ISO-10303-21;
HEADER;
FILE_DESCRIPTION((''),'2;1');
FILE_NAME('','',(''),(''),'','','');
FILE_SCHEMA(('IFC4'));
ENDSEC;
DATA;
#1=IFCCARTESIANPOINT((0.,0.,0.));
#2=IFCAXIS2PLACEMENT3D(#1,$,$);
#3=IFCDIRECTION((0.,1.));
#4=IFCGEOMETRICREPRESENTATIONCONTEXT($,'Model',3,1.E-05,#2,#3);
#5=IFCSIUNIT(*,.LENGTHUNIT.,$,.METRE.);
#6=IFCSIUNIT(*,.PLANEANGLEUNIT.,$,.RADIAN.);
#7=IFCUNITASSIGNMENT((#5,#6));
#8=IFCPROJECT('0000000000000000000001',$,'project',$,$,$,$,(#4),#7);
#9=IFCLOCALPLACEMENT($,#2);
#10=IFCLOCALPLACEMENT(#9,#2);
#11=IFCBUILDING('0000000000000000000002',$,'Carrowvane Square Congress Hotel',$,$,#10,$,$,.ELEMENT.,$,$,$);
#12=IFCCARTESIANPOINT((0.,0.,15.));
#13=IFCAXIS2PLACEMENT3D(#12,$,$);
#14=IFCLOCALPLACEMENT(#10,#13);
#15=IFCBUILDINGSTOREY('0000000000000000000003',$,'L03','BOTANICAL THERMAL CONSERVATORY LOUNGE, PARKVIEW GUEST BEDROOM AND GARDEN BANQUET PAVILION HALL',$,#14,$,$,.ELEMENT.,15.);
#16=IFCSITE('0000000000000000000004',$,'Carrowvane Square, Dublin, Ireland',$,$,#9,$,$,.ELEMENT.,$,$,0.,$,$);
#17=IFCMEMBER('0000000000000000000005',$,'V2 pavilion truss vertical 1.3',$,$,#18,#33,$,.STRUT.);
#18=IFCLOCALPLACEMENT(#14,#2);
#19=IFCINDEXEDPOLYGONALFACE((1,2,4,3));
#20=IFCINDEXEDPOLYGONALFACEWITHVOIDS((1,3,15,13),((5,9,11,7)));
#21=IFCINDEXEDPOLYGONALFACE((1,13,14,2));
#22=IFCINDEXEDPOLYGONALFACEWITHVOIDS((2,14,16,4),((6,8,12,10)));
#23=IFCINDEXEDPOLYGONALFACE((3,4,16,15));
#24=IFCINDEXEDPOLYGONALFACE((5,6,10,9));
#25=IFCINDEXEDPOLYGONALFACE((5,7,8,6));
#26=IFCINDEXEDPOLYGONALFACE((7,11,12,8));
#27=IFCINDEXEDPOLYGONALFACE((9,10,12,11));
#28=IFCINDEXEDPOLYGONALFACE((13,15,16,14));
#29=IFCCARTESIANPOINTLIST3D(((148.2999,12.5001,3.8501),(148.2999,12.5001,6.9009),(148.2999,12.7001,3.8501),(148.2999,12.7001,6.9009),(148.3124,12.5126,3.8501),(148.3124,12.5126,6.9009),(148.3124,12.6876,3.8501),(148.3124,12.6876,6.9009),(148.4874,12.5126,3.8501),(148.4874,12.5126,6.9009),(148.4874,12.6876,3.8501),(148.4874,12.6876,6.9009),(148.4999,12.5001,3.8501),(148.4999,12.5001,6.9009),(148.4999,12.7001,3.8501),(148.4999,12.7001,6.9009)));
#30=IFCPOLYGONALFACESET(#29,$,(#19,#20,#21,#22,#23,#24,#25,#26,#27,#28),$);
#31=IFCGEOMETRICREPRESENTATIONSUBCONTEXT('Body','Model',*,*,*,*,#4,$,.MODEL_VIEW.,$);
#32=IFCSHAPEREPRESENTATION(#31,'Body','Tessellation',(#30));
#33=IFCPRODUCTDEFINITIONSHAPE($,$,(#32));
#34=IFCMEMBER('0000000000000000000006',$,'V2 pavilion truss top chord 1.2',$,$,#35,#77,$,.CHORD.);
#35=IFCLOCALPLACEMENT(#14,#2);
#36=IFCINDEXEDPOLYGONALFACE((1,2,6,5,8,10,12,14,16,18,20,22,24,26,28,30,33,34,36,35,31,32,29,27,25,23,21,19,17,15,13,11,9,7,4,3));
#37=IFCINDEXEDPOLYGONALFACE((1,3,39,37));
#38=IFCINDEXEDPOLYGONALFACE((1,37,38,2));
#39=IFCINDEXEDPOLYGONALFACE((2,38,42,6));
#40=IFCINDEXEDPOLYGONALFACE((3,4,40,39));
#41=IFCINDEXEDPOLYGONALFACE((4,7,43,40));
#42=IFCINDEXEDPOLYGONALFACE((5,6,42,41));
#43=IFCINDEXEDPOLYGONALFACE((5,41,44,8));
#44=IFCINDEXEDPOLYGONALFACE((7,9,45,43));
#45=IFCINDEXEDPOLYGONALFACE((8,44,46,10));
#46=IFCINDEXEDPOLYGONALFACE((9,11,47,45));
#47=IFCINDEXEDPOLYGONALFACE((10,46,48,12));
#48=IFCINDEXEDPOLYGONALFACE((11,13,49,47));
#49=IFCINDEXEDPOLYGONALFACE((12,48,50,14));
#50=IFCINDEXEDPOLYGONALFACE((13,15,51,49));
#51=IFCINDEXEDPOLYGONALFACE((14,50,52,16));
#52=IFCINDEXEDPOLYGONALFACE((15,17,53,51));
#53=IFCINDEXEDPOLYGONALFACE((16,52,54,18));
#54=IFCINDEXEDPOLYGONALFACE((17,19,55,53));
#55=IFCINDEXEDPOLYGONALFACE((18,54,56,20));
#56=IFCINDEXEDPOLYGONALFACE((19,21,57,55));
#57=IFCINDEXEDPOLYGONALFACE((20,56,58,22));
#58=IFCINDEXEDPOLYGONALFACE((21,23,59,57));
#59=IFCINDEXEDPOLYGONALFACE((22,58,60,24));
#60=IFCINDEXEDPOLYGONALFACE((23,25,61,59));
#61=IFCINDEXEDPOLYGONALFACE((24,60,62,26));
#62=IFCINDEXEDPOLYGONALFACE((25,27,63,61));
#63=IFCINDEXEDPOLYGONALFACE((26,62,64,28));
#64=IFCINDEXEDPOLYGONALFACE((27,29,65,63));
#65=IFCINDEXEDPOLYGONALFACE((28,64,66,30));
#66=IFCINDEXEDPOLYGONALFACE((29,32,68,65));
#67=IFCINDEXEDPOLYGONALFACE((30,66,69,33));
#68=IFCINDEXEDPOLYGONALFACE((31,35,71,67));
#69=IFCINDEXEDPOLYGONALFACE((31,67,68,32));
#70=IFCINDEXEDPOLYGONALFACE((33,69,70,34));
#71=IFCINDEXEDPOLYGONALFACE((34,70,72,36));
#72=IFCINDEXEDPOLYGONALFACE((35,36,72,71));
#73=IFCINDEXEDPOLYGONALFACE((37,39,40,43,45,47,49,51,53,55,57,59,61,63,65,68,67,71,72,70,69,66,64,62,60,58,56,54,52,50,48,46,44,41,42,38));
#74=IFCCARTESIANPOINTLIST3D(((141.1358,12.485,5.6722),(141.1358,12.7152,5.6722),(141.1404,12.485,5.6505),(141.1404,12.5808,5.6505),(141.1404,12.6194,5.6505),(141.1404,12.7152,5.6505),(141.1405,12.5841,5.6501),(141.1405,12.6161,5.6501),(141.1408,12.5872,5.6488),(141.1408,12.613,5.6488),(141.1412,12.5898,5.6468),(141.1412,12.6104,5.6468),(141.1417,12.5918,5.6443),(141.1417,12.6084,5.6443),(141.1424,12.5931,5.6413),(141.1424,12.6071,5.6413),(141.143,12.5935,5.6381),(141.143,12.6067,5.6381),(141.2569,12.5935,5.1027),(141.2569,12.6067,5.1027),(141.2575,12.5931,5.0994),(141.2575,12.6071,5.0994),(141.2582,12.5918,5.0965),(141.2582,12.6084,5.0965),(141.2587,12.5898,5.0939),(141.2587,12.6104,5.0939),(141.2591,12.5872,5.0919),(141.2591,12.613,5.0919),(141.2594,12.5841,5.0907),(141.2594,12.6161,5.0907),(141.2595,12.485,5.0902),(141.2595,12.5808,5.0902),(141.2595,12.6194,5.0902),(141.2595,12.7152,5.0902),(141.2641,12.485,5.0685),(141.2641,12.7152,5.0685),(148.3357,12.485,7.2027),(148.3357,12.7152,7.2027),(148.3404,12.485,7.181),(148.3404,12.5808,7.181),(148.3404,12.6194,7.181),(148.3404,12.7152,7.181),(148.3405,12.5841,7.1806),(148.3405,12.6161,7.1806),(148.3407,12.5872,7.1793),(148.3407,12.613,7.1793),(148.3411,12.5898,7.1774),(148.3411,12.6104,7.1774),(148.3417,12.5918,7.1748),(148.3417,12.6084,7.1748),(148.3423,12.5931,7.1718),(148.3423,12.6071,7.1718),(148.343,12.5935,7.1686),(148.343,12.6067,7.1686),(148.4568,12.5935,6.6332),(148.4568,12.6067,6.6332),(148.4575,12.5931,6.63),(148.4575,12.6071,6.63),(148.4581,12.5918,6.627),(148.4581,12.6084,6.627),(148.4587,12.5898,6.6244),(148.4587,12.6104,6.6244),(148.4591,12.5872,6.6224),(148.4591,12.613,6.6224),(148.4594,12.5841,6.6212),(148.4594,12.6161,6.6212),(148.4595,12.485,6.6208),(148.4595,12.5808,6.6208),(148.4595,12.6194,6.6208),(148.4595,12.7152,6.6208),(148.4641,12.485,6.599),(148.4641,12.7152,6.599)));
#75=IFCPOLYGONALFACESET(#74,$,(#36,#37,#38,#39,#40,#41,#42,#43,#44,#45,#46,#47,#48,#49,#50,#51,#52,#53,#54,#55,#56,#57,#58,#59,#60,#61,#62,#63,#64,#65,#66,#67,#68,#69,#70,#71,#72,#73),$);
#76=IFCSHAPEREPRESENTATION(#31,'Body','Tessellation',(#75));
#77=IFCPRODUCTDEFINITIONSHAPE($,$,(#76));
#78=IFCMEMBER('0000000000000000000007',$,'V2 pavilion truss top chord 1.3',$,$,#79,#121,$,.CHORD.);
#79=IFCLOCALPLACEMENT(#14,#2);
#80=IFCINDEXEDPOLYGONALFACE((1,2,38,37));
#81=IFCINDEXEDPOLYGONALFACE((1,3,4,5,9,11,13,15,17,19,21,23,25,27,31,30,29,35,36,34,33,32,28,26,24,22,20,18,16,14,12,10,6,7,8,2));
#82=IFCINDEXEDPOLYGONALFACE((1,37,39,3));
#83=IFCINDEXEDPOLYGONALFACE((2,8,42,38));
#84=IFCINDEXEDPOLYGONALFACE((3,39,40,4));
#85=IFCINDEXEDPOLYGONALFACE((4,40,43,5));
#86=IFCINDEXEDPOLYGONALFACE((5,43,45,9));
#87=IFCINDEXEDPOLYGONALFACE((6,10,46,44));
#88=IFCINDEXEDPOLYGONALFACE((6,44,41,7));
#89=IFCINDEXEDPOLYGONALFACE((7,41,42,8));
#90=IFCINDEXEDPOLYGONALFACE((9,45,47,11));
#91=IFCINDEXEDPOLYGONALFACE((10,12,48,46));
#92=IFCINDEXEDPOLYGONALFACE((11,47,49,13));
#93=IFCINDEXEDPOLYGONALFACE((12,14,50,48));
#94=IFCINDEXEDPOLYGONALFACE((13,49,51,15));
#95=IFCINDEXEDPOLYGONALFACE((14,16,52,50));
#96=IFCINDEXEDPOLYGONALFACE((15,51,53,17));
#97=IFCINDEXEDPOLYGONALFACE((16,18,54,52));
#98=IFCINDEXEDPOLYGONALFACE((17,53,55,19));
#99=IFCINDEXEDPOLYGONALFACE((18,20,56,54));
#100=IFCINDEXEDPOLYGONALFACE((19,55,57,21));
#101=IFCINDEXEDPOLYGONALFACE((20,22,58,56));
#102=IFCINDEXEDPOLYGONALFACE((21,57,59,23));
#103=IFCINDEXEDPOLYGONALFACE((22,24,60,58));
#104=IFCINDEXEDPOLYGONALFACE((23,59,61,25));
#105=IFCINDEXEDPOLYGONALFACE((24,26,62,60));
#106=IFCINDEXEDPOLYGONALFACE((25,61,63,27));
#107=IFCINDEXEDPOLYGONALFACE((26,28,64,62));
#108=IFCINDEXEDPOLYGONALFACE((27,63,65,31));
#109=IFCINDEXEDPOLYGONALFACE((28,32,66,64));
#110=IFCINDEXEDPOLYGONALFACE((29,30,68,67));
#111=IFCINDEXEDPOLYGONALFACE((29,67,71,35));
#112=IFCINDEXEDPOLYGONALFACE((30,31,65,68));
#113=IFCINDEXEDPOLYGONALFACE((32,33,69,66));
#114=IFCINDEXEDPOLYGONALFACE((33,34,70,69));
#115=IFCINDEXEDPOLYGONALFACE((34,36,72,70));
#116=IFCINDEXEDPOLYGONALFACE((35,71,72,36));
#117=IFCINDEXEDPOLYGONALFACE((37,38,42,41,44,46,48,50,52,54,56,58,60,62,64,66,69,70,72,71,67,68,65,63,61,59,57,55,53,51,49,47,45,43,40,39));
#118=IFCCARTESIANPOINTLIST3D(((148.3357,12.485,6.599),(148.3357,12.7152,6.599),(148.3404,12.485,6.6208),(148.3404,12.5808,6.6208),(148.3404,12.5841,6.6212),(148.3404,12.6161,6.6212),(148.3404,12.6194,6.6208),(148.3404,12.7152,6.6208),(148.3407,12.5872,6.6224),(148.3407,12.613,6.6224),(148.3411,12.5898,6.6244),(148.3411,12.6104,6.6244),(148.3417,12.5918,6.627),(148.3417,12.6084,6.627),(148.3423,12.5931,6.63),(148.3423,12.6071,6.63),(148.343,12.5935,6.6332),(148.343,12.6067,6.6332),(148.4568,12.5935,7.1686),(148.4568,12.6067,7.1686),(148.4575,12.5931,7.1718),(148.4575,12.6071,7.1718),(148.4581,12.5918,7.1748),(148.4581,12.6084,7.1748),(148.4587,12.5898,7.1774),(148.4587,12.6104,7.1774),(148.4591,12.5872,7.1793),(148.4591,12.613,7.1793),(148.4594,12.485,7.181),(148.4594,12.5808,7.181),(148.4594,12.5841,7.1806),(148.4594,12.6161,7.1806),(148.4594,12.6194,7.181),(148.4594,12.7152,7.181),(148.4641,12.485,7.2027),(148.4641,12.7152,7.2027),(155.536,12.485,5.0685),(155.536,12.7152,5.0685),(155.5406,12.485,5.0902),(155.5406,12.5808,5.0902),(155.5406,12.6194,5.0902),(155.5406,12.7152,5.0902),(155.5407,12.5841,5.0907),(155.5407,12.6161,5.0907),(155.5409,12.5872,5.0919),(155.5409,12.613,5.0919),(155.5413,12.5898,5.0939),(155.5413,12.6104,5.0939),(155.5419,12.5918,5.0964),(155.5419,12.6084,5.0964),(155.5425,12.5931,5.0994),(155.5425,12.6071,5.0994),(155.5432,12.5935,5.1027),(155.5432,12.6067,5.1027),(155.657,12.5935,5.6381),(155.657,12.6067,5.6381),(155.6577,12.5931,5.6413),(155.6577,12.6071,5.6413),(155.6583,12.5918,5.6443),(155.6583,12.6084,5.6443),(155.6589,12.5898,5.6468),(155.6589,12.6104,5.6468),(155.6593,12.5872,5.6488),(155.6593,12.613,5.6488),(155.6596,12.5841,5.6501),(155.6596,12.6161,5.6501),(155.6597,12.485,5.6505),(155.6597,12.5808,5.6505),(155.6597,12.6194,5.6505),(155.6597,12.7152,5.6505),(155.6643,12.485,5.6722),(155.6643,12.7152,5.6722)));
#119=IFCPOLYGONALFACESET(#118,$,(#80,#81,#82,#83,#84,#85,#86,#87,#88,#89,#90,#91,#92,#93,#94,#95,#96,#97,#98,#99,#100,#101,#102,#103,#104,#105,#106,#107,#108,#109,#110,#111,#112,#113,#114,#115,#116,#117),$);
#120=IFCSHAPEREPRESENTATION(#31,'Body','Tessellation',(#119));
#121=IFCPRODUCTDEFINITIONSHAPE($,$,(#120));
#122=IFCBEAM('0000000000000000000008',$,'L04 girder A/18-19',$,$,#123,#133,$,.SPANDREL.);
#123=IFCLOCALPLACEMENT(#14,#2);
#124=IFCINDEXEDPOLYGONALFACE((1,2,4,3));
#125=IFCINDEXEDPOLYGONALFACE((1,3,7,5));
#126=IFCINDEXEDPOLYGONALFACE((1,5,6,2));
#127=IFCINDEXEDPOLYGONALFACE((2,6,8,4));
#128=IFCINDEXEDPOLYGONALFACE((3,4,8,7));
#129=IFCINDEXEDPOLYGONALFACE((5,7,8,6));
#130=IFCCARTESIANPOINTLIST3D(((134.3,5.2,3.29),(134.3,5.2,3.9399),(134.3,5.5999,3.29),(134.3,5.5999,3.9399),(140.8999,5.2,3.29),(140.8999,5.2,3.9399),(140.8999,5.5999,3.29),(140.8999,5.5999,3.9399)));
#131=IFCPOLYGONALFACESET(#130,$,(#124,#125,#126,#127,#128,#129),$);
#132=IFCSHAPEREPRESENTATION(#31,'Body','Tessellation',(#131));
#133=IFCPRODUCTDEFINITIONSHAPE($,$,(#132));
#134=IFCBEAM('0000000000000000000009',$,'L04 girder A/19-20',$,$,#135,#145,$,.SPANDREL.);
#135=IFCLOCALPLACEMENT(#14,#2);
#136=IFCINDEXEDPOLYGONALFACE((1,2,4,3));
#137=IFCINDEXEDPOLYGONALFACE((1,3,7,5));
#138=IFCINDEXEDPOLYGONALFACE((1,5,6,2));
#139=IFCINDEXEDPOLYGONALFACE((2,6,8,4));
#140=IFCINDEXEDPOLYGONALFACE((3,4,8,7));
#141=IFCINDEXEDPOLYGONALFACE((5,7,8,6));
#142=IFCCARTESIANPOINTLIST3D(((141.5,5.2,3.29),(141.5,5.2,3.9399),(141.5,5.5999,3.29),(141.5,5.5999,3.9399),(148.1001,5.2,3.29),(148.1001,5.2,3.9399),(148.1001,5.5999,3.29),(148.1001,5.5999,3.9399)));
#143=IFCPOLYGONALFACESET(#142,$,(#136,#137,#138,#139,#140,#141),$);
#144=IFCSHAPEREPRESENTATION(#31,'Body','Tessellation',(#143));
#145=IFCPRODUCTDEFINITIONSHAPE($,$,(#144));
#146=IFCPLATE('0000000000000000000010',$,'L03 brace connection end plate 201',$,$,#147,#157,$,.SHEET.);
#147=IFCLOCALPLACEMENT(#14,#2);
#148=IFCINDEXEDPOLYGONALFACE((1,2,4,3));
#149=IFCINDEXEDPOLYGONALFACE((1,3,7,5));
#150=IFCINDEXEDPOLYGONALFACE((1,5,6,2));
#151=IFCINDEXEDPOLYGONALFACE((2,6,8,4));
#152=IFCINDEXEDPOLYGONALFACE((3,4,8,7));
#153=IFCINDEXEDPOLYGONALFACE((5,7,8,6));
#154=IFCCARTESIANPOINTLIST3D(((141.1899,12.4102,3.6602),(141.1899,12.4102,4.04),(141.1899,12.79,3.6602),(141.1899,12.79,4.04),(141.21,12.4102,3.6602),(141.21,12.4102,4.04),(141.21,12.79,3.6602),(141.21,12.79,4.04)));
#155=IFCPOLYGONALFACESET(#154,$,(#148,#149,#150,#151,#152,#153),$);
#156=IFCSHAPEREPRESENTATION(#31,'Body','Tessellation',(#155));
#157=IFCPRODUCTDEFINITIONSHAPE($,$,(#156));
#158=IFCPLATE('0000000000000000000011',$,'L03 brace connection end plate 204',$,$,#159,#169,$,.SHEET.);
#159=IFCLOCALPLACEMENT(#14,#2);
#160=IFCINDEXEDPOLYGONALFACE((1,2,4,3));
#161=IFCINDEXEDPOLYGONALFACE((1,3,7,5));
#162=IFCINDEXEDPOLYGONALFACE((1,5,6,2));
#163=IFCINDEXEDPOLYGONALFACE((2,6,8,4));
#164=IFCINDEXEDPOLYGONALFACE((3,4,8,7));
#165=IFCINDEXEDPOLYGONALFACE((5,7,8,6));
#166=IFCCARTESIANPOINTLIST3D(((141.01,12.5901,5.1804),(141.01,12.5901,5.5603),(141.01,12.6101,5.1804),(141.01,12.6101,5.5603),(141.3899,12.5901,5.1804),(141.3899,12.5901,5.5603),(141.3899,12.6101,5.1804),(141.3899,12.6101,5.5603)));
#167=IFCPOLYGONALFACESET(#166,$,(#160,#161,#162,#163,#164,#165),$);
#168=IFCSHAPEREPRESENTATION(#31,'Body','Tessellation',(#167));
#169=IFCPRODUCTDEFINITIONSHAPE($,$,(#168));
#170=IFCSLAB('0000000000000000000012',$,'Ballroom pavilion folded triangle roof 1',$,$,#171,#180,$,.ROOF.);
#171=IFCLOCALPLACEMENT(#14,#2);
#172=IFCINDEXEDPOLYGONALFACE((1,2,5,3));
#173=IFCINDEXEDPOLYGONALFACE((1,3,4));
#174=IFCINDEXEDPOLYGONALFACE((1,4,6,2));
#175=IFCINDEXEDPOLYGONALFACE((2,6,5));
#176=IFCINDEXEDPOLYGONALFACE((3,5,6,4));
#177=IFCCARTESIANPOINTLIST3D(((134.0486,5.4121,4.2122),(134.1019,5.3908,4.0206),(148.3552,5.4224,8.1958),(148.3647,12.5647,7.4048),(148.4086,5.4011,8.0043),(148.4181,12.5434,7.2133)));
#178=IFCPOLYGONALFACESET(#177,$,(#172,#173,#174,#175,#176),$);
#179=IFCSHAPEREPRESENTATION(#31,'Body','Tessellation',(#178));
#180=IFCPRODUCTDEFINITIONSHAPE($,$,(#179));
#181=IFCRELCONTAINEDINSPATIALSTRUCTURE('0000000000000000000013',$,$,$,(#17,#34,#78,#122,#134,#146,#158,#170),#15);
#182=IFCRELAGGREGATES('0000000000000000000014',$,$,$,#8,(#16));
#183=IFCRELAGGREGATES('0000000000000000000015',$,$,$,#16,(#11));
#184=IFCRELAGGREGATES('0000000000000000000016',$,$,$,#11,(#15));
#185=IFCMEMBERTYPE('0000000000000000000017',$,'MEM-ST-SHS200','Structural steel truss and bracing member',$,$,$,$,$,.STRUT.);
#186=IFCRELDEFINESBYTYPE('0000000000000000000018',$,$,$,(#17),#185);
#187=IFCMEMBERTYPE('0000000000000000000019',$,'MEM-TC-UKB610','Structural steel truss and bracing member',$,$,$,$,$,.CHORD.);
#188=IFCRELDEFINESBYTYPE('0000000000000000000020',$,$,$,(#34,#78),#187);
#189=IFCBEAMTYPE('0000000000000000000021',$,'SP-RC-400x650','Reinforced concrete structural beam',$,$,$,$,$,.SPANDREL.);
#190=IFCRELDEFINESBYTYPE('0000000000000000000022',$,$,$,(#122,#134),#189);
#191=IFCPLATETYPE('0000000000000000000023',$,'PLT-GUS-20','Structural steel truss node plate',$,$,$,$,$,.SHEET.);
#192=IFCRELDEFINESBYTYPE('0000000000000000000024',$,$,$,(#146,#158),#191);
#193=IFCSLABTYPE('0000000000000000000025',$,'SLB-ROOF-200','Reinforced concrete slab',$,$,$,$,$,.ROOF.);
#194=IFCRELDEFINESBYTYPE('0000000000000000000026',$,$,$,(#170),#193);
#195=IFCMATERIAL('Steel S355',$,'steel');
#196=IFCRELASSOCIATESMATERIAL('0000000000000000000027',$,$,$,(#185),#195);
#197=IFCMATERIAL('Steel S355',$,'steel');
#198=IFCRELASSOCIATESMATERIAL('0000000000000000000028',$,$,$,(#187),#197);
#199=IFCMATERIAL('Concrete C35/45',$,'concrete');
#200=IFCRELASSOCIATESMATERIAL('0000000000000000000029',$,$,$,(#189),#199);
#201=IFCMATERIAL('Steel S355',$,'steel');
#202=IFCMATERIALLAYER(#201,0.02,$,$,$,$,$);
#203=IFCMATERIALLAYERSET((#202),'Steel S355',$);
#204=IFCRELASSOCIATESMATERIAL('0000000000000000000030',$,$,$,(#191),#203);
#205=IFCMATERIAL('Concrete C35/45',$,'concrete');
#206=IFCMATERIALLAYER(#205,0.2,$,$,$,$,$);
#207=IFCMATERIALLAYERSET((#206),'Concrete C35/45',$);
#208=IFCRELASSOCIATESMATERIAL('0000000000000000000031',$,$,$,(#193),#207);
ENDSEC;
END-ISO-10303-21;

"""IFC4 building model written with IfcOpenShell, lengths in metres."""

from ifc_helpers import new_model, si_unit, direction, frame, origin, origin_2d, place, context, subcontext, project, spatial, polyline, rectangle, hollow_rectangle, i_section, outline, extrude, material, layer, layer_set, material_profile, profile_set, type_object, element, save


model = new_model("IFC4")

# Units and contexts
model_context = context("Model", 3, precision=1e-05, world=origin(), true_north=direction((0.0, 1.0)))
body_context = subcontext(model_context, "Body", "Model", "MODEL_VIEW")
ifc_project = project(units=[si_unit("LENGTHUNIT", "METRE"), si_unit("PLANEANGLEUNIT", "RADIAN")], contexts=[model_context])

# Site, building, storey
site_placement = place(None, origin())
site = spatial("IfcSite", under=ifc_project, at=site_placement, Name="Carrowvane Square, Dublin, Ireland", CompositionType="ELEMENT", RefElevation=0.0)
building_placement = place(site_placement, origin())
building = spatial("IfcBuilding", under=site, at=building_placement, Name="Carrowvane Square Congress Hotel", CompositionType="ELEMENT")
storey_placement = place(building_placement, frame((0.0, 0.0, 15.0)))
storey = spatial("IfcBuildingStorey", under=building, at=storey_placement, Name="L03", Description="BOTANICAL THERMAL CONSERVATORY LOUNGE, PARKVIEW GUEST BEDROOM AND GARDEN BANQUET PAVILION HALL", CompositionType="ELEMENT", Elevation=15.0)

# Members
ifc_material_1 = material(Name="Steel S355", Category="steel")
ifc_material_profile_1 = material_profile(ifc_material_1, hollow_rectangle(XDim=0.2, YDim=0.2, WallThickness=0.0125, at=origin_2d()), Name="SHS 200x200x12.5")
ifc_profile_set_1 = profile_set([ifc_material_profile_1], Name="Steel S355")
member_type_1 = type_object("IfcMemberType", Name="MEM-ST-SHS200", Description="Structural steel truss and bracing member", PredefinedType="STRUT", material=ifc_profile_set_1)
member_1_placement = place(storey_placement, frame((148.3999, 12.6001, 3.8501), z_axis=(0.0, 0.0, 1.0), x_axis=(1.0, 0.0, 0.0)))
element("IfcMember", 1, at=member_1_placement, inside=storey, type_object=member_type_1, Name="V2 pavilion truss vertical 1.3", PredefinedType="STRUT", context=body_context, shape_type="SweptSolid", body=[
    extrude(hollow_rectangle(XDim=0.2, YDim=0.2, WallThickness=0.0125, at=origin_2d()), origin(), (0.0, 0.0, 1.0), 3.0508),
])
ifc_material_2 = material(Name="Steel S355", Category="steel")
ifc_material_profile_2 = material_profile(ifc_material_2, i_section(OverallWidth=0.2302, OverallDepth=0.6172, WebThickness=0.0132, FlangeThickness=0.0222, FilletRadius=0.0127, at=origin_2d()), Name="UKB 610x229x140")
ifc_profile_set_2 = profile_set([ifc_material_profile_2], Name="Steel S355")
member_type_2 = type_object("IfcMemberType", Name="MEM-TC-UKB610", Description="Structural steel truss and bracing member", PredefinedType="CHORD", material=ifc_profile_set_2)
member_2_placement = place(storey_placement, frame((141.2, 12.6001, 5.3704), z_axis=(0.978144, 0.0, 0.207927), x_axis=(0.0, 1.0, 0.0)))
element("IfcMember", 2, at=member_2_placement, inside=storey, type_object=member_type_2, Name="V2 pavilion truss top chord 1.2", PredefinedType="CHORD", context=body_context, shape_type="SweptSolid", body=[
    extrude(i_section(OverallWidth=0.2302, OverallDepth=0.6172, WebThickness=0.0132, FlangeThickness=0.0222, FilletRadius=0.0127, at=origin_2d()), origin(), (0.0, 0.0, 1.0), 7.3608),
])
member_3_placement = place(storey_placement, frame((148.3999, 12.6001, 6.9009), z_axis=(0.978146, 0.0, -0.207921), x_axis=(0.0, 1.0, 0.0)))
element("IfcMember", 3, at=member_3_placement, inside=storey, type_object=member_type_2, Name="V2 pavilion truss top chord 1.3", PredefinedType="CHORD", context=body_context, shape_type="SweptSolid", body=[
    extrude(i_section(OverallWidth=0.2302, OverallDepth=0.6172, WebThickness=0.0132, FlangeThickness=0.0222, FilletRadius=0.0127, at=origin_2d()), origin(), (0.0, 0.0, 1.0), 7.3611),
])

# Beams
ifc_material_3 = material(Name="Concrete C35/45", Category="concrete")
ifc_material_profile_3 = material_profile(ifc_material_3, rectangle(XDim=0.3999, YDim=0.6499, at=origin_2d()), Name="RC 400x650")
ifc_profile_set_3 = profile_set([ifc_material_profile_3], Name="Concrete C35/45")
beam_type_1 = type_object("IfcBeamType", Name="SP-RC-400x650", Description="Reinforced concrete structural beam", PredefinedType="SPANDREL", material=ifc_profile_set_3)
beam_1_placement = place(storey_placement, frame((134.3, 5.3999, 3.615), z_axis=(1.0, 0.0, 0.0), x_axis=(0.0, 1.0, 0.0)))
element("IfcBeam", 4, at=beam_1_placement, inside=storey, type_object=beam_type_1, Name="L04 girder A/18-19", PredefinedType="SPANDREL", context=body_context, shape_type="SweptSolid", body=[
    extrude(rectangle(XDim=0.3999, YDim=0.6499, at=origin_2d()), origin(), (0.0, 0.0, 1.0), 6.5999),
])
beam_2_placement = place(storey_placement, frame((141.5, 5.3999, 3.615), z_axis=(1.0, 0.0, 0.0), x_axis=(0.0, 1.0, 0.0)))
element("IfcBeam", 5, at=beam_2_placement, inside=storey, type_object=beam_type_1, Name="L04 girder A/19-20", PredefinedType="SPANDREL", context=body_context, shape_type="SweptSolid", body=[
    extrude(rectangle(XDim=0.3999, YDim=0.6499, at=origin_2d()), origin(), (0.0, 0.0, 1.0), 6.6001),
])

# Plates
ifc_material_4 = material(Name="Steel S355", Category="steel")
ifc_layer_1 = layer(ifc_material_4, 0.02)
ifc_layer_set_1 = layer_set([ifc_layer_1], Name="Steel S355")
plate_type = type_object("IfcPlateType", Name="PLT-GUS-20", Description="Structural steel truss node plate", PredefinedType="SHEET", material=ifc_layer_set_1)
plate_1_placement = place(storey_placement, frame((141.2, 12.6001, 3.6602), z_axis=(0.0, 0.0, 1.0), x_axis=(1.0, 0.0, 0.0)))
element("IfcPlate", 6, at=plate_1_placement, inside=storey, type_object=plate_type, Name="L03 brace connection end plate 201", PredefinedType="SHEET", context=body_context, shape_type="SweptSolid", body=[
    extrude(rectangle(XDim=0.02, YDim=0.3799, at=origin_2d()), origin(), (0.0, 0.0, 1.0), 0.3799),
])
plate_2_placement = place(storey_placement, frame((141.2, 12.6001, 5.1804), z_axis=(0.0, 0.0, 1.0), x_axis=(1.0, 0.0, 0.0)))
element("IfcPlate", 7, at=plate_2_placement, inside=storey, type_object=plate_type, Name="L03 brace connection end plate 204", PredefinedType="SHEET", context=body_context, shape_type="SweptSolid", body=[
    extrude(rectangle(XDim=0.3799, YDim=0.02, at=origin_2d()), origin(), (0.0, 0.0, 1.0), 0.3799),
])

# Slab
ifc_material_5 = material(Name="Concrete C35/45", Category="concrete")
ifc_layer_2 = layer(ifc_material_5, 0.2)
ifc_layer_set_2 = layer_set([ifc_layer_2], Name="Concrete C35/45")
slab_type = type_object("IfcSlabType", Name="SLB-ROOF-200", Description="Reinforced concrete slab", PredefinedType="ROOF", material=ifc_layer_set_2)
slab_1_placement = place(storey_placement, frame((134.0486, 5.4121, 4.2122), z_axis=(-0.266789, 0.106439, 0.957859), x_axis=(0.963351, 0.00069, 0.268242)))
element("IfcSlab", 8, at=slab_1_placement, inside=storey, type_object=slab_type, Name="Ballroom pavilion folded triangle roof 1", PredefinedType="ROOF", context=body_context, shape_type="SweptSolid", body=[
    extrude(outline(polyline([(0.0, 0.0), (14.8509, 0.0), (14.6528, 7.1833), (0.0, 0.0)])), origin(), (0.0, 0.0, -1.0), 0.2),
])

save(model, "model.ifc")
